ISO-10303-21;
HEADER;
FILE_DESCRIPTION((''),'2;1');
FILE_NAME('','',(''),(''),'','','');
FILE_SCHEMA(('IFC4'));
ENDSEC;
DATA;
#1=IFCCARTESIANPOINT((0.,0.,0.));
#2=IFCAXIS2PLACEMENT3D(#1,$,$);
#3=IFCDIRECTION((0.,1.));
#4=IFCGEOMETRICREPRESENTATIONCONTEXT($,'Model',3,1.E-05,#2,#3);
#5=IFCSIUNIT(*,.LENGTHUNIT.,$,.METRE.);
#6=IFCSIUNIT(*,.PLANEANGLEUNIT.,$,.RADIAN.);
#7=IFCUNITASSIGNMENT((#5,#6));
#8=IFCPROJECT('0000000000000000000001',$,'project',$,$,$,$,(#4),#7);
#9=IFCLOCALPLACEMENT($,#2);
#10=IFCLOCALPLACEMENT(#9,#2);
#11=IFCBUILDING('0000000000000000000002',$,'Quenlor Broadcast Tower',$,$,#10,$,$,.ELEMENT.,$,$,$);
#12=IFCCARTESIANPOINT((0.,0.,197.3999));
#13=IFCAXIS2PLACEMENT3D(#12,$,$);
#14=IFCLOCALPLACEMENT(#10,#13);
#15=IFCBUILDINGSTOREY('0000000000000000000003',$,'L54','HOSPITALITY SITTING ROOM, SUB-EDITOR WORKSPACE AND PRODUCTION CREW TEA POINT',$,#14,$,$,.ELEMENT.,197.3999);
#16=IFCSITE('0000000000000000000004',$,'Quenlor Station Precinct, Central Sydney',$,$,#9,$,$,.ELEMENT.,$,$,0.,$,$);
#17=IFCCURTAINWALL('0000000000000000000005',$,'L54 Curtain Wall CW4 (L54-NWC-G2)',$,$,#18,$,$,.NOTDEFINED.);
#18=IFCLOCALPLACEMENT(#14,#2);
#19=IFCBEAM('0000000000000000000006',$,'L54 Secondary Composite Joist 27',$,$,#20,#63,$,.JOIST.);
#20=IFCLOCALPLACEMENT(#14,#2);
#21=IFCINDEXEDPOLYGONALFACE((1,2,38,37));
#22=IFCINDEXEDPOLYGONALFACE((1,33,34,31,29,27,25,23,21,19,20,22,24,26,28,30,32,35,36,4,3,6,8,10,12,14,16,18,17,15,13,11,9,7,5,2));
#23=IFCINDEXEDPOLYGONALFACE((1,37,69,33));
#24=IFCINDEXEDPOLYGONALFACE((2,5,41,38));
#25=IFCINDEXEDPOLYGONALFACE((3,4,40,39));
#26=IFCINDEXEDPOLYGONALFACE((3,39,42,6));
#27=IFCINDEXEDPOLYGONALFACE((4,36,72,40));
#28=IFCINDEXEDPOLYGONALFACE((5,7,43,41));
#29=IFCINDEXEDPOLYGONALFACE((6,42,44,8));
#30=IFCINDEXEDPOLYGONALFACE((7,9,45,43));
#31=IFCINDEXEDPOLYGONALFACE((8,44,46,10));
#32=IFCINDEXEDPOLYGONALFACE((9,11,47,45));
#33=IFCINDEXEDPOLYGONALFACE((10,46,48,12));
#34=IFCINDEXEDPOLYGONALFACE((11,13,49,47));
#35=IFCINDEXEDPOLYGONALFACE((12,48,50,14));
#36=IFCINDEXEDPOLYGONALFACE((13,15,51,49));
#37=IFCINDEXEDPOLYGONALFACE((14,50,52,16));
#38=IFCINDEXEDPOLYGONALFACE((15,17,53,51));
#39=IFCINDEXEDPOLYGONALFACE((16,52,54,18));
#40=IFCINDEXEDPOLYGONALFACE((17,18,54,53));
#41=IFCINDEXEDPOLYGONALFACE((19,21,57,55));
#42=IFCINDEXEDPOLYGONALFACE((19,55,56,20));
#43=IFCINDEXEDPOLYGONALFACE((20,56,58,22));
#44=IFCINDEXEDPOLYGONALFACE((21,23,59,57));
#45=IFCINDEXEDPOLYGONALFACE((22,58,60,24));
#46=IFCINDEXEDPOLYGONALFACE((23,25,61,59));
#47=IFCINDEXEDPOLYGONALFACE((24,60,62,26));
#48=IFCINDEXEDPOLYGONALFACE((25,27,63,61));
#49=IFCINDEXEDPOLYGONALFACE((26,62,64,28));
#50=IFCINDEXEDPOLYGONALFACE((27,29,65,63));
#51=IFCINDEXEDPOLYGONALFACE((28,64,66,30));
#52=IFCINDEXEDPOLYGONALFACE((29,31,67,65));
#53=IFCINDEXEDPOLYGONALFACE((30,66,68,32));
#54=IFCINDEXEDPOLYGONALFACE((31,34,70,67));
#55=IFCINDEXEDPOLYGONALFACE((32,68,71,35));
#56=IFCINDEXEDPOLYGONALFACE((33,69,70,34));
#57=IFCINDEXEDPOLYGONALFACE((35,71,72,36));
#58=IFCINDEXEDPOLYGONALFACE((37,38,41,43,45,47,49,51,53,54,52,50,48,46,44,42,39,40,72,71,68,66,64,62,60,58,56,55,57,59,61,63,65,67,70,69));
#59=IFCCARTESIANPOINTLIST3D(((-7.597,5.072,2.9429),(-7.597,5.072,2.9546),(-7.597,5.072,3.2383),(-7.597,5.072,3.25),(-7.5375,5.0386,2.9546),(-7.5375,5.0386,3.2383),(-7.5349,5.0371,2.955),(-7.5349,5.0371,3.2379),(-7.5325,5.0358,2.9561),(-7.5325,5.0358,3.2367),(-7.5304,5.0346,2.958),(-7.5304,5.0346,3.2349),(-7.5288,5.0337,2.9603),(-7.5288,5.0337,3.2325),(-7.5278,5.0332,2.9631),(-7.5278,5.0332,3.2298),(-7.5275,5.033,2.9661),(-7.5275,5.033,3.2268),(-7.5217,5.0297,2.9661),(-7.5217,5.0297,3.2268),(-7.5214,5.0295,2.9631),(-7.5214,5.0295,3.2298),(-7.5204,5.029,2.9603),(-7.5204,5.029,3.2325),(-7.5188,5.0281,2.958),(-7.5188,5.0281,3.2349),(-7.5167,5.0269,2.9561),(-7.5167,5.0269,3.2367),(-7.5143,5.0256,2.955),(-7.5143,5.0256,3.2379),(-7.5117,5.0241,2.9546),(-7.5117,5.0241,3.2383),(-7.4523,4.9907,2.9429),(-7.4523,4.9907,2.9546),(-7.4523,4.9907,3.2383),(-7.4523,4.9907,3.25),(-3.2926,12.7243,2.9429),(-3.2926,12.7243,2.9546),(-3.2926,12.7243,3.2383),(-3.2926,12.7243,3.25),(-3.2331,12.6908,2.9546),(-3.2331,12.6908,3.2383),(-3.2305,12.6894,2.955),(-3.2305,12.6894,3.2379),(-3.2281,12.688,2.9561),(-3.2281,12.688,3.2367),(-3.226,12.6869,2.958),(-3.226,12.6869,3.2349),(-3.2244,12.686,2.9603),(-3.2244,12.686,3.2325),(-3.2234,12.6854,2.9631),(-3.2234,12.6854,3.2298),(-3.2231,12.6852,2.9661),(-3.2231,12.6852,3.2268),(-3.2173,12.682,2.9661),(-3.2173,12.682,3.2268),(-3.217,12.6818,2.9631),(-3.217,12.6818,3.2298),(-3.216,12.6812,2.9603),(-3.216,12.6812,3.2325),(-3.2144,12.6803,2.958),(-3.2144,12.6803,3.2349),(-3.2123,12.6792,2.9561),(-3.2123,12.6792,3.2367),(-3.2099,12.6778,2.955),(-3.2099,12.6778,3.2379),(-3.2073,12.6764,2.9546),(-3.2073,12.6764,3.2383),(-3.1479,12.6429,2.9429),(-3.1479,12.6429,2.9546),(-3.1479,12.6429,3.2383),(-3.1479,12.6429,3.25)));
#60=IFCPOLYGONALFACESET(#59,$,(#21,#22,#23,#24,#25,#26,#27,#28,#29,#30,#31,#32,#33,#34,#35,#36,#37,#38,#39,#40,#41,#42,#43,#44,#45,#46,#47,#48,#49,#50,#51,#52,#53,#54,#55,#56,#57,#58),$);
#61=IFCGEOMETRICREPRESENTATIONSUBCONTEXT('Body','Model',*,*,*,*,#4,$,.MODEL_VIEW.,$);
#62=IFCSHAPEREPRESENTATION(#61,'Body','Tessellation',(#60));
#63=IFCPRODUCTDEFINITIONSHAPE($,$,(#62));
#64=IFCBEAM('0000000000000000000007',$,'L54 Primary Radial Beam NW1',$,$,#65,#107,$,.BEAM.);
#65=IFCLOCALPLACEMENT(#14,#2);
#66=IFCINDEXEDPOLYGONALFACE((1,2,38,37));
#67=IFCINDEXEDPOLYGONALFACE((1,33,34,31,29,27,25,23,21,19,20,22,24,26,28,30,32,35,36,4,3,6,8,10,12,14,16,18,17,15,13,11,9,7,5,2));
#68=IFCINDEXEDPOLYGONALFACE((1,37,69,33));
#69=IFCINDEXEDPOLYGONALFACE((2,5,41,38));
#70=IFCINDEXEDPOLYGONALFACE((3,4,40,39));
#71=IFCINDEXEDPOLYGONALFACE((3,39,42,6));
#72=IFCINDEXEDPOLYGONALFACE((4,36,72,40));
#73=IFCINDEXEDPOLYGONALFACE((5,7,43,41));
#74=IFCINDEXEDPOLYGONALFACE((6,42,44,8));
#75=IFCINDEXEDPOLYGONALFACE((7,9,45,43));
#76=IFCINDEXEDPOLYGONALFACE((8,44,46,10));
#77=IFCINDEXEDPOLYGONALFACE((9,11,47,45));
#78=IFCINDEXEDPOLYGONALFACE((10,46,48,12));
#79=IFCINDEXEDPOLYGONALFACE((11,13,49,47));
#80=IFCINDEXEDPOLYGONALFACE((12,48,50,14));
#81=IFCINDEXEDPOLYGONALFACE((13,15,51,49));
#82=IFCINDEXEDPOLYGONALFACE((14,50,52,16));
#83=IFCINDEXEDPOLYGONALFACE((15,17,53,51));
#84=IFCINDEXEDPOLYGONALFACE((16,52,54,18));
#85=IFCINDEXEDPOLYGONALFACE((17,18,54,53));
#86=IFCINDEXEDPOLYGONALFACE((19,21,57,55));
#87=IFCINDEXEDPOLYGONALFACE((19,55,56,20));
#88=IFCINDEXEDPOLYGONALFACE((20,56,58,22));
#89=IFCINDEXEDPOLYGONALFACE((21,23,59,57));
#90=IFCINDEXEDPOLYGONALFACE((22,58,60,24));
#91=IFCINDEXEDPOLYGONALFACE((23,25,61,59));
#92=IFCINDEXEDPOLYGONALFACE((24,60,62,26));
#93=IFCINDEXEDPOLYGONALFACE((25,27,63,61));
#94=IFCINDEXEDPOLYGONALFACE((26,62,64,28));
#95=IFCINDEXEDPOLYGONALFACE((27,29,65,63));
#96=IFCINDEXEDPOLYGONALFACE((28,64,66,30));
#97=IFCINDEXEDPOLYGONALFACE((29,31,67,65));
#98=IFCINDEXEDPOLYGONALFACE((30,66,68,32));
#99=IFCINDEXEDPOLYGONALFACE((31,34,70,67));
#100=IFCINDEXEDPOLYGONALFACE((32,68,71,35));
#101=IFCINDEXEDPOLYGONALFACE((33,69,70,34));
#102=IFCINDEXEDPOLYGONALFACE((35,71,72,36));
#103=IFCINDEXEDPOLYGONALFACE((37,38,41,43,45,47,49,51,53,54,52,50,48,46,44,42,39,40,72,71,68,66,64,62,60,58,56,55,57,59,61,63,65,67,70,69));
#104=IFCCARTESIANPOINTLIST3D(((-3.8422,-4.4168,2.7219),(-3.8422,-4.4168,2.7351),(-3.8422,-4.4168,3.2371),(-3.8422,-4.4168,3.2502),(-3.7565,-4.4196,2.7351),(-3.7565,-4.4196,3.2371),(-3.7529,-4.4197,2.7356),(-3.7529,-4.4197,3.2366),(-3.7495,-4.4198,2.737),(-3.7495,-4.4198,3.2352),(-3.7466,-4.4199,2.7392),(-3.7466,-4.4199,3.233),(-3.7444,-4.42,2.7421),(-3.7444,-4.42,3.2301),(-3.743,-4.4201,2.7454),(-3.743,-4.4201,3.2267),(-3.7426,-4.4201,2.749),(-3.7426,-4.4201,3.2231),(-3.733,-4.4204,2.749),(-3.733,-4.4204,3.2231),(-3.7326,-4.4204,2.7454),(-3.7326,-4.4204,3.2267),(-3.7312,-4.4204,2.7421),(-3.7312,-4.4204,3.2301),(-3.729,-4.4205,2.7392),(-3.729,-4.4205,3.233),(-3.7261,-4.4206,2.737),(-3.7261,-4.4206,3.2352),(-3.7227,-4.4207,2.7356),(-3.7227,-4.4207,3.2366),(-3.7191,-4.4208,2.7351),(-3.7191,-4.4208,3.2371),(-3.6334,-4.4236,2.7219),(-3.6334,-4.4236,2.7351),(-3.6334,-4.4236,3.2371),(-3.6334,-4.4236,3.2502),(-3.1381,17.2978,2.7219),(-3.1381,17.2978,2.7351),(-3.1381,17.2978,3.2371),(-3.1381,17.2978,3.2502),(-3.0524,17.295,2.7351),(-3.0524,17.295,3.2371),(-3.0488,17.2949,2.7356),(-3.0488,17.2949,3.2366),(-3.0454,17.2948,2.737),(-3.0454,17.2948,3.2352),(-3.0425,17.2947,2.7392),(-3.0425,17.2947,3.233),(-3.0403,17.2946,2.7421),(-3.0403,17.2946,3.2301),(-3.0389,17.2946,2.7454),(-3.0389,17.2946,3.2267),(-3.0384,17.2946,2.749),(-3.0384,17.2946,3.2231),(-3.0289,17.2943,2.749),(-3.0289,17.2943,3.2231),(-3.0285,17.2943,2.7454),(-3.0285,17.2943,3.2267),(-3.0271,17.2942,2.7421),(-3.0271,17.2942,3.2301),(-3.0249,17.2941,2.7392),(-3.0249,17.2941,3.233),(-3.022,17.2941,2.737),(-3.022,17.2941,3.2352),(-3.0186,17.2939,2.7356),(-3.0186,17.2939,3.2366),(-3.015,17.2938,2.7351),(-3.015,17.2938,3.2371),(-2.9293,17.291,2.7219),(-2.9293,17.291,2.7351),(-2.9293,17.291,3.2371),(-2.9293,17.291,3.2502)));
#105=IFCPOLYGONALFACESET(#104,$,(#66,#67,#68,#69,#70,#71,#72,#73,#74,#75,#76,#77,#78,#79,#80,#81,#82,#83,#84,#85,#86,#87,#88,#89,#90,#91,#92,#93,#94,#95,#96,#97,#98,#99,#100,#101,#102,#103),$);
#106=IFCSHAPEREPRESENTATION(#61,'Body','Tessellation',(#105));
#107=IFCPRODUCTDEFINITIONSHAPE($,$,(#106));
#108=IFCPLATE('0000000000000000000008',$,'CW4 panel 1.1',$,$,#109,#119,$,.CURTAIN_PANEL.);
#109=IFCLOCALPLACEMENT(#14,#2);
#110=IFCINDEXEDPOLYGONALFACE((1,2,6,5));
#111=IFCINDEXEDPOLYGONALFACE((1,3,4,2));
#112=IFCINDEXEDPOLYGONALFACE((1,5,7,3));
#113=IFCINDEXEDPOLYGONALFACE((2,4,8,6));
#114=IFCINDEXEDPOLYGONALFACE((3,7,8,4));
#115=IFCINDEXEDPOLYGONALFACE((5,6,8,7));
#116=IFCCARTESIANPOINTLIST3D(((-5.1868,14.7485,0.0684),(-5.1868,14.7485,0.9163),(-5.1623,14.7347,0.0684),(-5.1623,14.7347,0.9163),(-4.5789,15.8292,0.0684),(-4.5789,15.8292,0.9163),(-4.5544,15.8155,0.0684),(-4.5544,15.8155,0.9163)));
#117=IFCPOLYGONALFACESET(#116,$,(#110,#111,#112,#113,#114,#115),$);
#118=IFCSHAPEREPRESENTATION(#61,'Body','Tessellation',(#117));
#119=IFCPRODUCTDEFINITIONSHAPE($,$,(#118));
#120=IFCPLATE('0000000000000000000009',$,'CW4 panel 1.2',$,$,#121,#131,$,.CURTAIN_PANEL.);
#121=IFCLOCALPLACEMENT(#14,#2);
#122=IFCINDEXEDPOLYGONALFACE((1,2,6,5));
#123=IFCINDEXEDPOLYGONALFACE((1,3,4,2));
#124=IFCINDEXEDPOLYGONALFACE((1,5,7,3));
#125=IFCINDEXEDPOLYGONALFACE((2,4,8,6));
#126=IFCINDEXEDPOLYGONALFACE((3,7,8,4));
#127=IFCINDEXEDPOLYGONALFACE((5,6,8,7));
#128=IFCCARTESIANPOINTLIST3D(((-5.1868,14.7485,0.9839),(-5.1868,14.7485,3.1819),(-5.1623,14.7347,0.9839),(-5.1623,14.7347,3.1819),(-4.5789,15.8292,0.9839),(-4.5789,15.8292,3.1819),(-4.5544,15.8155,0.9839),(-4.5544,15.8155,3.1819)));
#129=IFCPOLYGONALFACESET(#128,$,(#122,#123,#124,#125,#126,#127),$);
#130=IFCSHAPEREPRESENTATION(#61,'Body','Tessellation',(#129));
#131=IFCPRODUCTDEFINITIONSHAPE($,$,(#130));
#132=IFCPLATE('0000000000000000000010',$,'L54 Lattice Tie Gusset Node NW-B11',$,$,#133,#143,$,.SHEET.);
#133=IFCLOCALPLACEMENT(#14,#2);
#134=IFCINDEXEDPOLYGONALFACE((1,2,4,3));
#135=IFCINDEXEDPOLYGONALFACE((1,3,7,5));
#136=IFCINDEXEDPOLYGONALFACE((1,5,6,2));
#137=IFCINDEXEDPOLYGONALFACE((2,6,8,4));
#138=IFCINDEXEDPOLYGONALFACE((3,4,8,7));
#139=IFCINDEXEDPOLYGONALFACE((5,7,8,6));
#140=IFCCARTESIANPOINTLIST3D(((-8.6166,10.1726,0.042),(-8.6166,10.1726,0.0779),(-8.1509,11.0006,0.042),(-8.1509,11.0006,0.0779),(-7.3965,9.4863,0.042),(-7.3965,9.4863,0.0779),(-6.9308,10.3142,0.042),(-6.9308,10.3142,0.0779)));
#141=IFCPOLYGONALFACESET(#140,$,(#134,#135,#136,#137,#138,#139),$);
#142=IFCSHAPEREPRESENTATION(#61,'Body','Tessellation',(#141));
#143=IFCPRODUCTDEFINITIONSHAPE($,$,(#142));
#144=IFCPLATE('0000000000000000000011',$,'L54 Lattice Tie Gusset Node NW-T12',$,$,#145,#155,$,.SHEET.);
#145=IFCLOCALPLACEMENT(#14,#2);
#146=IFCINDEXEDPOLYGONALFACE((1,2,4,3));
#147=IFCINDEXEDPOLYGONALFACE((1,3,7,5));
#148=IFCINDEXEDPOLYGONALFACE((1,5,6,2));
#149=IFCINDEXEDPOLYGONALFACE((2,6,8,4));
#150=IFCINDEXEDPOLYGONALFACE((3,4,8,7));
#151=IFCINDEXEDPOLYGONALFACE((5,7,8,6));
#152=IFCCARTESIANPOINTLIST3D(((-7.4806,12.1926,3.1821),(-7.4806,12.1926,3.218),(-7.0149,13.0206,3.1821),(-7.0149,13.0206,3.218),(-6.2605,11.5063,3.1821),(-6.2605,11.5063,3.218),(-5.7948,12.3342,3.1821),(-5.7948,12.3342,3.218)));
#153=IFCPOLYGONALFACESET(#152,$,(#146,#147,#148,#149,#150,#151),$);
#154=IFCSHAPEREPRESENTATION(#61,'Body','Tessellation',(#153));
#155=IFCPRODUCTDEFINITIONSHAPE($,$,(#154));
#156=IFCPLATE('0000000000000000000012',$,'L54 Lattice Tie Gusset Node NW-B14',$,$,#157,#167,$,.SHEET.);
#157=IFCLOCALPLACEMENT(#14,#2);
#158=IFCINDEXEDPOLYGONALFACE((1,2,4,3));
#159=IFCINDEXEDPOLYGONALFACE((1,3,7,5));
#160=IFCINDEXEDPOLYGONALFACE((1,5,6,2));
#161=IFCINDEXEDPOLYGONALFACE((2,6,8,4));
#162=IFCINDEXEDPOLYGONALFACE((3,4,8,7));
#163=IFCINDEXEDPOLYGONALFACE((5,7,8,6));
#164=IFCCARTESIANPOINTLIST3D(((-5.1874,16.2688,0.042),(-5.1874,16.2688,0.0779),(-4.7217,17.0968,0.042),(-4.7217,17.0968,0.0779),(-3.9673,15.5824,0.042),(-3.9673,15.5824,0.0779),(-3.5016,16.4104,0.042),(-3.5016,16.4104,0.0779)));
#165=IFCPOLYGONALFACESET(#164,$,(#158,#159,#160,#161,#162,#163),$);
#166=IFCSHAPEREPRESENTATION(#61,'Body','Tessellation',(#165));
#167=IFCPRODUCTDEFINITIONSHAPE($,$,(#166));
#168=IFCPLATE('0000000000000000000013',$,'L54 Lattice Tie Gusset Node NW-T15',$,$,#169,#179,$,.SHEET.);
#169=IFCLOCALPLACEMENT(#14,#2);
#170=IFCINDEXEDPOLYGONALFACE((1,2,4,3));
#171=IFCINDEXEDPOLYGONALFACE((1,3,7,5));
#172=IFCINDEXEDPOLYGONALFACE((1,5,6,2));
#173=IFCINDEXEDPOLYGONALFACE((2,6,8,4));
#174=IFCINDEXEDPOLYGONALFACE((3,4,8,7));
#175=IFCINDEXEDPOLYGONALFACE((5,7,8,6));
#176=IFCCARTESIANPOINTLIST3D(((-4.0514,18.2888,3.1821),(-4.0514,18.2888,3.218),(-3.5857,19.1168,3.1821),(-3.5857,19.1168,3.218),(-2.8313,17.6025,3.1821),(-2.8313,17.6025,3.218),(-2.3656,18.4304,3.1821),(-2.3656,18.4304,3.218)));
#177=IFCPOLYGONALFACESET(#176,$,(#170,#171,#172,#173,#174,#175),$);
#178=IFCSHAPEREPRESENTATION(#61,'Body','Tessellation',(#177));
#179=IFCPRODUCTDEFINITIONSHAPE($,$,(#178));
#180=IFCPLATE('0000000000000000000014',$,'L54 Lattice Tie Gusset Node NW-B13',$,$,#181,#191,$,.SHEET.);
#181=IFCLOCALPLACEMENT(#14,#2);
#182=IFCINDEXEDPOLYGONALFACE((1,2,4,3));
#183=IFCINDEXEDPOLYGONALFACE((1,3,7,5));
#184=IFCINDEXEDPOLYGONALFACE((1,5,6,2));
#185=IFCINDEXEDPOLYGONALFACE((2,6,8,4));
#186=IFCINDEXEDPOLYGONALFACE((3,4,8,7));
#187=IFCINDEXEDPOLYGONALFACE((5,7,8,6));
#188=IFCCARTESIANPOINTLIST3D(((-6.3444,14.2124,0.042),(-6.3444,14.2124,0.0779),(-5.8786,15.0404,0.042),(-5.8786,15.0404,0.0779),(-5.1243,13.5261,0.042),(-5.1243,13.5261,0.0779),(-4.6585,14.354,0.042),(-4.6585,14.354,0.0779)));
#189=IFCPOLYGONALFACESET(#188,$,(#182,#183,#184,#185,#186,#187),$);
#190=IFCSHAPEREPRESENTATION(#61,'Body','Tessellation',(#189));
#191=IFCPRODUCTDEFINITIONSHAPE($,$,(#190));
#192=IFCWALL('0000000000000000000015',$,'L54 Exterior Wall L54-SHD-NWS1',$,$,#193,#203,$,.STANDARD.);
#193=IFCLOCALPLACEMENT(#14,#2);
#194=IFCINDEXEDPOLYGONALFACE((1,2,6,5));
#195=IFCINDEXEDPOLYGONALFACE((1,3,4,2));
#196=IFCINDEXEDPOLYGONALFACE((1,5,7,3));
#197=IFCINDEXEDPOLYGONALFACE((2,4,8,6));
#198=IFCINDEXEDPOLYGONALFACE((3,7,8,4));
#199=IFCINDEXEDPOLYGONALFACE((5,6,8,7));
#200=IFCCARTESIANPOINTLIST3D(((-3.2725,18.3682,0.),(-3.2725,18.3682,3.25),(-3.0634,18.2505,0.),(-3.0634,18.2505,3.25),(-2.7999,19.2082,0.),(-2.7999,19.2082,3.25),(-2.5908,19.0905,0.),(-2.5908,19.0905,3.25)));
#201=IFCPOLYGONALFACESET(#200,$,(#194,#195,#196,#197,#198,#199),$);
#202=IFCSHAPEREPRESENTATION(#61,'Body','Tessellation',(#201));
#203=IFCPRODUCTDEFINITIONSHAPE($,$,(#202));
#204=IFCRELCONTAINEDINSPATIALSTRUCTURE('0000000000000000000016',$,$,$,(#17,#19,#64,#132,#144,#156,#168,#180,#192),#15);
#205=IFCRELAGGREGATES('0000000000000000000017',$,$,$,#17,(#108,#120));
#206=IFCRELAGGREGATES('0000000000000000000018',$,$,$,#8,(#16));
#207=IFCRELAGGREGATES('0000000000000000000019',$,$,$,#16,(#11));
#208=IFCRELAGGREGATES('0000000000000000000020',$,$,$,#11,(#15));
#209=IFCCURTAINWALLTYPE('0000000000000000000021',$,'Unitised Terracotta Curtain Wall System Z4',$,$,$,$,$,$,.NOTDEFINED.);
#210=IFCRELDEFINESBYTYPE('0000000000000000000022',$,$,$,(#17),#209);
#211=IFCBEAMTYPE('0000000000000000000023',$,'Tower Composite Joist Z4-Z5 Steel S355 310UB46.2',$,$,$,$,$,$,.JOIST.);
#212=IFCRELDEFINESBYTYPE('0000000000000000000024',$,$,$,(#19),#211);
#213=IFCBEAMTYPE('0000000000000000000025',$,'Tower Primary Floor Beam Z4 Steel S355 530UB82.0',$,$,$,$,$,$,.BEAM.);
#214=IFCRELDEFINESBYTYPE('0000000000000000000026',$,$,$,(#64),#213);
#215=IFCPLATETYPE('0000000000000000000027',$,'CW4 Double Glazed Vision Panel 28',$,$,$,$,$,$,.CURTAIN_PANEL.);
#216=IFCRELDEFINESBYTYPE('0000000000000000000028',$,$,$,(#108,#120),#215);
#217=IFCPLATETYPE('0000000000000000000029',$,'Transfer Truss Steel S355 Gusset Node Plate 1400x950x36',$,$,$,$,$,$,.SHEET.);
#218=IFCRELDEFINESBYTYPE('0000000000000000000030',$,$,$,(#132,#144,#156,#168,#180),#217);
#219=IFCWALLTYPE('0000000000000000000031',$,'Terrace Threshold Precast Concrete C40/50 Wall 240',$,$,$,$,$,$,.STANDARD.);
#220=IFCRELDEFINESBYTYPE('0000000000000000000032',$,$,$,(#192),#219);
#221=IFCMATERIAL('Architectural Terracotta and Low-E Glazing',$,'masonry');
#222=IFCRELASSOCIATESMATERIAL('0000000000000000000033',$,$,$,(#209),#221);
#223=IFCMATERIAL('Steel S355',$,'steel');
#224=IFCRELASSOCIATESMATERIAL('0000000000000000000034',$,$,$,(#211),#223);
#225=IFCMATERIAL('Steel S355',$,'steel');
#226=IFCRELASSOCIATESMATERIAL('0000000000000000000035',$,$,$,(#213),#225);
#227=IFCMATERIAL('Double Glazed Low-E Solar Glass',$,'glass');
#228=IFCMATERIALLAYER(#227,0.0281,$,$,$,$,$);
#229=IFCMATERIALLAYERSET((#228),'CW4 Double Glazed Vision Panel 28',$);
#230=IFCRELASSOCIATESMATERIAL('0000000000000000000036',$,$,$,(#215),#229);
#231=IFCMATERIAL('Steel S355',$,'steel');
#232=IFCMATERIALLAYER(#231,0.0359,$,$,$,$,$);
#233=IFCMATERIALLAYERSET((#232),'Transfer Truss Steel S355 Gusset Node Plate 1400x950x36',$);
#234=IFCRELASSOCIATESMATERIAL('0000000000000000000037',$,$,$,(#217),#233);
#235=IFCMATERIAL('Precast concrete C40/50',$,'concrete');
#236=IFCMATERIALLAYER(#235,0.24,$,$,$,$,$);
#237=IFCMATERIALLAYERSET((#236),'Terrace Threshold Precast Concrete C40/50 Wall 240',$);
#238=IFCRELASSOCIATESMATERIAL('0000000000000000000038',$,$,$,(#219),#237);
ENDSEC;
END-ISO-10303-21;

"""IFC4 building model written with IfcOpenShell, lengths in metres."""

from ifc_helpers import new_model, si_unit, direction, frame, frame_2d, origin, origin_2d, place, context, subcontext, project, spatial, rectangle, i_section, extrude, material, layer, layer_set, material_profile, profile_set, type_object, element, aggregate, save


model = new_model("IFC4")

# Units and contexts
model_context = context("Model", 3, precision=1e-05, world=origin(), true_north=direction((0.0, 1.0)))
body_context = subcontext(model_context, "Body", "Model", "MODEL_VIEW")
ifc_project = project(units=[si_unit("LENGTHUNIT", "METRE"), si_unit("PLANEANGLEUNIT", "RADIAN")], contexts=[model_context])

# Site, building, storey
site_placement = place(None, origin())
site = spatial("IfcSite", under=ifc_project, at=site_placement, Name="Quenlor Station Precinct, Central Sydney", CompositionType="ELEMENT", RefElevation=0.0)
building_placement = place(site_placement, origin())
building = spatial("IfcBuilding", under=site, at=building_placement, Name="Quenlor Broadcast Tower", CompositionType="ELEMENT")
storey_placement = place(building_placement, frame((0.0, 0.0, 197.3999)))
storey = spatial("IfcBuildingStorey", under=building, at=storey_placement, Name="L54", Description="HOSPITALITY SITTING ROOM, SUB-EDITOR WORKSPACE AND PRODUCTION CREW TEA POINT", CompositionType="ELEMENT", Elevation=197.3999)

# Curtain wall
ifc_material_1 = material(Name="Architectural Terracotta and Low-E Glazing", Category="masonry")
curtain_wall_type = type_object("IfcCurtainWallType", Name="Unitised Terracotta Curtain Wall System Z4", PredefinedType="NOTDEFINED", material=ifc_material_1)
curtain_wall_placement = place(storey_placement, origin())
curtain_wall = element("IfcCurtainWall", 1, at=curtain_wall_placement, inside=storey, type_object=curtain_wall_type, Name="L54 Curtain Wall CW4 (L54-NWC-G2)", PredefinedType="NOTDEFINED")

# Beams
ifc_material_2 = material(Name="Steel S355", Category="steel")
ifc_material_profile_1 = material_profile(ifc_material_2, i_section(OverallWidth=0.166, OverallDepth=0.3071, WebThickness=0.0066, FlangeThickness=0.0117, FilletRadius=0.0115, at=origin_2d()))
ifc_profile_set_1 = profile_set([ifc_material_profile_1], Name="Steel S355 310UB46.2")
beam_type_1 = type_object("IfcBeamType", Name="Tower Composite Joist Z4-Z5 Steel S355 310UB46.2", PredefinedType="JOIST", material=ifc_profile_set_1)
beam_1_placement = place(storey_placement, frame((-3.2202, 12.6836, 3.0964), z_axis=(-0.490261, -0.871576, 0.0), x_axis=(0.871576, -0.490261, 0.0)))
element("IfcBeam", 2, at=beam_1_placement, inside=storey, type_object=beam_type_1, Name="L54 Secondary Composite Joist 27", PredefinedType="JOIST", context=body_context, shape_type="SweptSolid", body=[
    extrude(i_section(OverallWidth=0.166, OverallDepth=0.3071, WebThickness=0.0066, FlangeThickness=0.0117, FilletRadius=0.0115, at=origin_2d()), origin(), (0.0, 0.0, 1.0), 8.7798),
])
ifc_material_3 = material(Name="Steel S355", Category="steel")
ifc_material_profile_2 = material_profile(ifc_material_3, i_section(OverallWidth=0.209, OverallDepth=0.5283, WebThickness=0.0095, FlangeThickness=0.0132, FilletRadius=0.0139, at=origin_2d()))
ifc_profile_set_2 = profile_set([ifc_material_profile_2], Name="Steel S355 530UB82.0")
beam_type_2 = type_object("IfcBeamType", Name="Tower Primary Floor Beam Z4 Steel S355 530UB82.0", PredefinedType="BEAM", material=ifc_profile_set_2)
beam_2_placement = place(storey_placement, frame((-3.0337, 17.2944, 2.9861), z_axis=(-0.032408, -0.999475, 0.0), x_axis=(0.999475, -0.032408, 0.0)))
element("IfcBeam", 3, at=beam_2_placement, inside=storey, type_object=beam_type_2, Name="L54 Primary Radial Beam NW1", PredefinedType="BEAM", context=body_context, shape_type="SweptSolid", body=[
    extrude(i_section(OverallWidth=0.209, OverallDepth=0.5283, WebThickness=0.0095, FlangeThickness=0.0132, FilletRadius=0.0139, at=origin_2d()), origin(), (0.0, 0.0, 1.0), 21.7261),
])

# Plates
ifc_material_4 = material(Name="Double Glazed Low-E Solar Glass", Category="glass")
ifc_layer_1 = layer(ifc_material_4, 0.0281)
ifc_layer_set_1 = layer_set([ifc_layer_1], Name="CW4 Double Glazed Vision Panel 28")
plate_type_1 = type_object("IfcPlateType", Name="CW4 Double Glazed Vision Panel 28", PredefinedType="CURTAIN_PANEL", material=ifc_layer_set_1)
plate_1_placement = place(storey_placement, frame((-4.8706, 15.282, 0.0684), z_axis=(0.0, 0.0, 1.0), x_axis=(0.490289, 0.87156, 0.0)))
plate_1 = element("IfcPlate", 4, at=plate_1_placement, type_object=plate_type_1, Name="CW4 panel 1.1", PredefinedType="CURTAIN_PANEL", context=body_context, shape_type="SweptSolid", body=[
    extrude(rectangle(XDim=1.24, YDim=0.0281, at=origin_2d()), origin(), (0.0, 0.0, 1.0), 0.8479),
])
plate_2_placement = place(storey_placement, frame((-4.8706, 15.282, 0.9839), z_axis=(0.0, 0.0, 1.0), x_axis=(0.490289, 0.87156, 0.0)))
plate_2 = element("IfcPlate", 5, at=plate_2_placement, type_object=plate_type_1, Name="CW4 panel 1.2", PredefinedType="CURTAIN_PANEL", context=body_context, shape_type="SweptSolid", body=[
    extrude(rectangle(XDim=1.24, YDim=0.0281, at=origin_2d()), origin(), (0.0, 0.0, 1.0), 2.198),
])
aggregate(curtain_wall, [plate_1, plate_2])

# Plates
ifc_material_5 = material(Name="Steel S355", Category="steel")
ifc_layer_2 = layer(ifc_material_5, 0.0359)
ifc_layer_set_2 = layer_set([ifc_layer_2], Name="Transfer Truss Steel S355 Gusset Node Plate 1400x950x36")
plate_type_2 = type_object("IfcPlateType", Name="Transfer Truss Steel S355 Gusset Node Plate 1400x950x36", PredefinedType="SHEET", material=ifc_layer_set_2)
for number, where, z_axis, x_axis, name in (
    (6, (-7.7737, 10.2434, 0.042), (0.0, 0.0, 1.0), (-0.871556, 0.490295, 0.0), "L54 Lattice Tie Gusset Node NW-B11"),
    (7, (-6.6377, 12.2634, 3.1821), (0.0, 0.0, 1.0), (-0.871556, 0.490295, 0.0), "L54 Lattice Tie Gusset Node NW-T12"),
    (8, (-4.3445, 16.3396, 0.042), (0.0, 0.0, 1.0), (-0.871556, 0.490295, 0.0), "L54 Lattice Tie Gusset Node NW-B14"),
    (9, (-3.2085, 18.3596, 3.1821), (0.0, 0.0, 1.0), (-0.871556, 0.490295, 0.0), "L54 Lattice Tie Gusset Node NW-T15"),
    (10, (-5.5015, 14.2832, 0.042), (0.0, 0.0, 1.0), (-0.871556, 0.490295, 0.0), "L54 Lattice Tie Gusset Node NW-B13"),
):
    element("IfcPlate", number, at=place(storey_placement, frame(where, z_axis=z_axis, x_axis=x_axis)), inside=storey, type_object=plate_type_2, Name=name, PredefinedType="SHEET", context=body_context, shape_type="SweptSolid", body=[
        extrude(rectangle(XDim=1.3999, YDim=0.95, at=origin_2d()), origin(), (0.0, 0.0, 1.0), 0.0359),
    ])

# Wall
ifc_material_6 = material(Name="Precast concrete C40/50", Category="concrete")
ifc_layer_3 = layer(ifc_material_6, 0.24)
ifc_layer_set_3 = layer_set([ifc_layer_3], Name="Terrace Threshold Precast Concrete C40/50 Wall 240")
wall_type_1 = type_object("IfcWallType", Name="Terrace Threshold Precast Concrete C40/50 Wall 240", PredefinedType="STANDARD", material=ifc_layer_set_3)
wall_1_placement = place(storey_placement, frame((-3.168, 18.3093, 0.0), z_axis=(0.0, 0.0, 1.0), x_axis=(0.490345, 0.871528, 0.0)))
element("IfcWall", 11, at=wall_1_placement, inside=storey, type_object=wall_type_1, Name="L54 Exterior Wall L54-SHD-NWS1", PredefinedType="STANDARD", context=body_context, shape_type="SweptSolid", body=[
    extrude(rectangle(XDim=0.9639, YDim=0.24, at=frame_2d((0.4819, 0.0))), origin(), (0.0, 0.0, 1.0), 3.25),
])

save(model, "model.ifc")
